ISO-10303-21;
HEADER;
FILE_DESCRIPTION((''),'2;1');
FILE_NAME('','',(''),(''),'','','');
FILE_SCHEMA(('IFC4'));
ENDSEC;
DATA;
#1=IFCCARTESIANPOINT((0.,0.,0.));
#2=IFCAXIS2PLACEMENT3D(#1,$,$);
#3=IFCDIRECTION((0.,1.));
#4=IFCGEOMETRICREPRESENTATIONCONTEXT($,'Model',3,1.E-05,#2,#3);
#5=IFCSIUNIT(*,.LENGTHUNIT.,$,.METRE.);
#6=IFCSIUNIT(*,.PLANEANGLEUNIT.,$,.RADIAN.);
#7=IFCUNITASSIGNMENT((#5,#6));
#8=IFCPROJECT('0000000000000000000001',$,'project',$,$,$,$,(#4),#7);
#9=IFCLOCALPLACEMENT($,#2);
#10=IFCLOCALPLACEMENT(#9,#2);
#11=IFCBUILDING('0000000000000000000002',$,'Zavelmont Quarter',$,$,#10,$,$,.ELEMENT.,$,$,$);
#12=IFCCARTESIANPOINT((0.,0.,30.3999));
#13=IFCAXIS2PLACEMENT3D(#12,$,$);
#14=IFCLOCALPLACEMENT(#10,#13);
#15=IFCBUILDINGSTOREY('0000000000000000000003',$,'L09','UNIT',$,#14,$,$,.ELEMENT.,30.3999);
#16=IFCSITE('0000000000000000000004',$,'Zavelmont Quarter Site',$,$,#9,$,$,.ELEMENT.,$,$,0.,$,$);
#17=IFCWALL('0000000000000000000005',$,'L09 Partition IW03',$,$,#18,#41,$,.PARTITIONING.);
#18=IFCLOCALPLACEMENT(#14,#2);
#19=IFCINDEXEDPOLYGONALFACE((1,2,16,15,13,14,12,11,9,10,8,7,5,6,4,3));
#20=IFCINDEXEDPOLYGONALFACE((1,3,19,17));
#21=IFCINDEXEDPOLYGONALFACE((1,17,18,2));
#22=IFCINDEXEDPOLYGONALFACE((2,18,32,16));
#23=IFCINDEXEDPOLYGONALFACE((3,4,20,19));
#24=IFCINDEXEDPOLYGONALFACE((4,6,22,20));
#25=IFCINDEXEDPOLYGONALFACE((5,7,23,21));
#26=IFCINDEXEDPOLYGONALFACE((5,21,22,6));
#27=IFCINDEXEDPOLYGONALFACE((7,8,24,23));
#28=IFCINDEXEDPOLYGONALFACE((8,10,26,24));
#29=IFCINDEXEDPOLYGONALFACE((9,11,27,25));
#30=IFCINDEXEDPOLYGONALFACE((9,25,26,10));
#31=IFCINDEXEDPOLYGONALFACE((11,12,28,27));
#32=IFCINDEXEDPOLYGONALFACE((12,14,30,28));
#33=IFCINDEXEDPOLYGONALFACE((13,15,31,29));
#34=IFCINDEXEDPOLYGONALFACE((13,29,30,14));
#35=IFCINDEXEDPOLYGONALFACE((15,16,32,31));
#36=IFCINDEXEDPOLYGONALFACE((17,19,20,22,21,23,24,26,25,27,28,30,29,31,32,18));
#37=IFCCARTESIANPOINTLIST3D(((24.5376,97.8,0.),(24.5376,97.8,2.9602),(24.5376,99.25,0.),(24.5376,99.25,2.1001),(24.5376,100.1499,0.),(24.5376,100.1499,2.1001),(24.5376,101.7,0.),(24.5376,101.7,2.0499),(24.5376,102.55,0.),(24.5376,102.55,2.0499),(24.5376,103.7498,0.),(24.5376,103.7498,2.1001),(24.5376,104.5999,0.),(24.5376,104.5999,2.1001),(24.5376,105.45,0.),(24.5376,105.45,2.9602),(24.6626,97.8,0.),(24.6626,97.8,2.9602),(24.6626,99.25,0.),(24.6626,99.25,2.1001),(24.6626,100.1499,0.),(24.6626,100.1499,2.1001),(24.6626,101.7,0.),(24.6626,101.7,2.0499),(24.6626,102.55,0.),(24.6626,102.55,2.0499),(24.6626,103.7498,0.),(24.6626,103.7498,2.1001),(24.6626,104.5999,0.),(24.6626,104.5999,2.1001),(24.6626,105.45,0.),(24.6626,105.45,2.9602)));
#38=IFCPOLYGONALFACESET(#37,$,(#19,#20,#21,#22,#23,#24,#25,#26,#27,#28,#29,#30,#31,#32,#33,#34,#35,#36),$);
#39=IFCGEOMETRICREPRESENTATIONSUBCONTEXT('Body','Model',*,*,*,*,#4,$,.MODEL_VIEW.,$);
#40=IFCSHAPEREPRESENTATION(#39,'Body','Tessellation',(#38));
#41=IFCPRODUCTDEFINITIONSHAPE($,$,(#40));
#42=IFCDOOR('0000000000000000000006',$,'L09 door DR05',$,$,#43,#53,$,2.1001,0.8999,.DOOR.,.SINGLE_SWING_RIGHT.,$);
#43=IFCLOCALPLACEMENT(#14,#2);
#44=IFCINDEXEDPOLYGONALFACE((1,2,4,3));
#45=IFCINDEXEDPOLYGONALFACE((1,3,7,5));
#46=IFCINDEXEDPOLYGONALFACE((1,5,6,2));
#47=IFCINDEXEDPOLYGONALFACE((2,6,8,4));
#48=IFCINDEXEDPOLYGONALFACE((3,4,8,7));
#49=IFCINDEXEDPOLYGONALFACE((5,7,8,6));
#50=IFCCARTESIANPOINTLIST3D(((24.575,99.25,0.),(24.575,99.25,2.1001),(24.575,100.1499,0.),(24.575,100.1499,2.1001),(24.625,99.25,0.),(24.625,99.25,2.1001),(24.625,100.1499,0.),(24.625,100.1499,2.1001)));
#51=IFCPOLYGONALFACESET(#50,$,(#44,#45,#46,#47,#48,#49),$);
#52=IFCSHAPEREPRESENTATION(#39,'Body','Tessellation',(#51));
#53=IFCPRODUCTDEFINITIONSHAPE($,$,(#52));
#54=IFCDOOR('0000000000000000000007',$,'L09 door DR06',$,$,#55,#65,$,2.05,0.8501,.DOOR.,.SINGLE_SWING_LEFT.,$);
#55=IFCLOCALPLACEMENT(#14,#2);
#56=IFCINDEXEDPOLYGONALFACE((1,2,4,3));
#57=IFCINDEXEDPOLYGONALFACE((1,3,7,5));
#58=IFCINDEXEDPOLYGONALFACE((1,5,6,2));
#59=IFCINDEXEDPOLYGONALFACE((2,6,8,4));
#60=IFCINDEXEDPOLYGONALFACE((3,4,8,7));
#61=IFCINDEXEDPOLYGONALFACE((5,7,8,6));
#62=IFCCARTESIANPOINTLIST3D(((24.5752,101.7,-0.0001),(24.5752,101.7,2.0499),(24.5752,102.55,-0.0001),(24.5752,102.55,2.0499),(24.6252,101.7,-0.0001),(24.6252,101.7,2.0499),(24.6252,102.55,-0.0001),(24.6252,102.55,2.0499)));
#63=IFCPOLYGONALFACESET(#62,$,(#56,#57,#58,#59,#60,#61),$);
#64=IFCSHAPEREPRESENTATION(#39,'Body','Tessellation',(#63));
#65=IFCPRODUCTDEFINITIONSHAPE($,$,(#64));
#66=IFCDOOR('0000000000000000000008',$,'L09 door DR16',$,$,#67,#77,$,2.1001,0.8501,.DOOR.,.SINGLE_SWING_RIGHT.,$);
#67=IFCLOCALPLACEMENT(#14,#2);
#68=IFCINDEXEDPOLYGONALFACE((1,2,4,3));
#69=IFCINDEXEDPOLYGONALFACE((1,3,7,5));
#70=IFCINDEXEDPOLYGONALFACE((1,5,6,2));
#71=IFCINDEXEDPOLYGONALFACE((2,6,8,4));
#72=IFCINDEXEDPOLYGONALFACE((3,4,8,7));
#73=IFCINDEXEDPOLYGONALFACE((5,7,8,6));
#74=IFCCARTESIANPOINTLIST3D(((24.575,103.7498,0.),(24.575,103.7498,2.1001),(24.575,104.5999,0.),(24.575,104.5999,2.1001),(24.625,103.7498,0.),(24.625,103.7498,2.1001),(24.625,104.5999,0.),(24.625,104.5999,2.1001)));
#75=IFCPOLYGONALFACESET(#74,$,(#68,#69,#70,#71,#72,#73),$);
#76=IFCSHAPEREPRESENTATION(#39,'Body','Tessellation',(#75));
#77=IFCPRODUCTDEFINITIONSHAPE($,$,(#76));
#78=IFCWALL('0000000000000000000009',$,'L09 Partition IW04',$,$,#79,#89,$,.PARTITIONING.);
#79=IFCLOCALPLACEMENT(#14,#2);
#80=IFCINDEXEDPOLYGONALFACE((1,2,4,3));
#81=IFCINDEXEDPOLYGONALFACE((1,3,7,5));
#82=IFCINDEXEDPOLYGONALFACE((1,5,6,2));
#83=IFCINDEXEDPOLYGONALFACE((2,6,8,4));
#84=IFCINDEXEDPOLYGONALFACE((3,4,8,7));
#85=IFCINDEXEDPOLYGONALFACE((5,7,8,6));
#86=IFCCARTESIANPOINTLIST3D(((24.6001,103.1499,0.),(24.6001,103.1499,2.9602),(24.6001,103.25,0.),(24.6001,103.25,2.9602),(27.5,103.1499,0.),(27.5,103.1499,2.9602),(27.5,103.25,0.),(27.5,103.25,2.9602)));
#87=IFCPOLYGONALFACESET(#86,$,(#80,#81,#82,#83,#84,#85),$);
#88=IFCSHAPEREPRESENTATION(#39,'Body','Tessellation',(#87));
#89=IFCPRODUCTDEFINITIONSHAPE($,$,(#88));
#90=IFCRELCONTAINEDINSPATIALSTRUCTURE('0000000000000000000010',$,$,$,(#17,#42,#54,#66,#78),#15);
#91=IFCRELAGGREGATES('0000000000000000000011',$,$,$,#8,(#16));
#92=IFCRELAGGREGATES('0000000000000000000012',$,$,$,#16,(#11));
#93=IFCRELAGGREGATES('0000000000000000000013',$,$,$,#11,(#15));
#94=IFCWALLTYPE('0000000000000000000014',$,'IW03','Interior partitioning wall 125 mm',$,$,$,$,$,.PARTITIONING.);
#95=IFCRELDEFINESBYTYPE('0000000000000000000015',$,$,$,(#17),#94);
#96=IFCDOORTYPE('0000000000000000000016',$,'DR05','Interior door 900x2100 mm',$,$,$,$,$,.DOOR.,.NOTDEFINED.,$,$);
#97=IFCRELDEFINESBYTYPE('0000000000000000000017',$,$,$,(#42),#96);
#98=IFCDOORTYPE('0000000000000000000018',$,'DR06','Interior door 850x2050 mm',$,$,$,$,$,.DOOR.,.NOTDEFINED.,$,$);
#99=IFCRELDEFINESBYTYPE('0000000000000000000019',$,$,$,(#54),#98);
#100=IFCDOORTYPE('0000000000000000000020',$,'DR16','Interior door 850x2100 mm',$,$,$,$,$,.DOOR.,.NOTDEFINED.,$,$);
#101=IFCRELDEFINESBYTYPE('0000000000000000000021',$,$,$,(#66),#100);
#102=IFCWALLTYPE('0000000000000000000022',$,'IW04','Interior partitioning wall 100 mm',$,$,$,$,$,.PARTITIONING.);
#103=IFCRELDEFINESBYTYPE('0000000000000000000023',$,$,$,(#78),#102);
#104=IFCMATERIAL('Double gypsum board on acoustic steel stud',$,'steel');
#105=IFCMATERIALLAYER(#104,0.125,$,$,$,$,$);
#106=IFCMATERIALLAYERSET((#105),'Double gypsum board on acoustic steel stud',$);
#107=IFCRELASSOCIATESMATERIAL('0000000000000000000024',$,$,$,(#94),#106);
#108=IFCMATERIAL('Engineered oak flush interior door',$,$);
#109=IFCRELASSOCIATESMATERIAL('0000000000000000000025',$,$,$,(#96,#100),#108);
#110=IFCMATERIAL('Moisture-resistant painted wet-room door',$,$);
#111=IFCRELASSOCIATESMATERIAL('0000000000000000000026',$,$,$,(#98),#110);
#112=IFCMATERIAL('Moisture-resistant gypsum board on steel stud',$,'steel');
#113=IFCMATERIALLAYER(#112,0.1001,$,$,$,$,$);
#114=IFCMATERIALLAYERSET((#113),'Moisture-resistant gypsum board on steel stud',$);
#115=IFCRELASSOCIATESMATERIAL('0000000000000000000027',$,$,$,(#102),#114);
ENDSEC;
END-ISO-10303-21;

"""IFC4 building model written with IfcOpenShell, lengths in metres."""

from ifc_helpers import new_model, si_unit, direction, frame, frame_2d, origin, origin_with_axes, place, context, subcontext, project, spatial, rectangle, extrude, material, layer, layer_set, type_object, element, fill, save


model = new_model("IFC4")

# Units and contexts
model_context = context("Model", 3, precision=1e-05, world=origin(), true_north=direction((0.0, 1.0)))
body_context = subcontext(model_context, "Body", "Model", "MODEL_VIEW")
ifc_project = project(units=[si_unit("LENGTHUNIT", "METRE"), si_unit("PLANEANGLEUNIT", "RADIAN")], contexts=[model_context])

# Site, building, storey
site_placement = place(None, origin())
site = spatial("IfcSite", under=ifc_project, at=site_placement, Name="Zavelmont Quarter Site", CompositionType="ELEMENT", RefElevation=0.0)
building_placement = place(site_placement, origin())
building = spatial("IfcBuilding", under=site, at=building_placement, Name="Zavelmont Quarter", CompositionType="ELEMENT")
storey_placement = place(building_placement, frame((0.0, 0.0, 30.3999)))
storey = spatial("IfcBuildingStorey", under=building, at=storey_placement, Name="L09", Description="UNIT", CompositionType="ELEMENT", Elevation=30.3999)

# Wall, openings, doors
ifc_material_1 = material(Name="Double gypsum board on acoustic steel stud", Category="steel")
ifc_layer_1 = layer(ifc_material_1, 0.125)
ifc_layer_set_1 = layer_set([ifc_layer_1], Name="Double gypsum board on acoustic steel stud")
wall_type_1 = type_object("IfcWallType", Name="IW03", Description="Interior partitioning wall 125 mm", PredefinedType="PARTITIONING", material=ifc_layer_set_1)
wall_1_placement = place(storey_placement, frame((24.6001, 105.45, 0.0), z_axis=(0.0, 0.0, 1.0), x_axis=(0.0, -1.0, 0.0)))
wall_1 = element("IfcWall", 1, at=wall_1_placement, inside=storey, type_object=wall_type_1, Name="L09 Partition IW03", PredefinedType="PARTITIONING", context=body_context, shape_type="SweptSolid", body=[
    extrude(rectangle(XDim=7.6499, YDim=0.125, at=frame_2d((3.825, 0.0))), origin(), (0.0, 0.0, 1.0), 2.9602),
])
opening_1_placement = place(wall_1_placement, frame((0.8501, 0.0, 0.0)))
opening_1 = element("IfcOpeningElement", 2, at=opening_1_placement, cuts=wall_1, PredefinedType="OPENING", context=body_context, shape_type="SweptSolid", body=[
    extrude(rectangle(XDim=0.8501, YDim=2.1001, at=frame_2d((0.425, 1.05))), frame((0.0, 0.0745, 0.0), z_axis=(0.0, -1.0, 0.0), x_axis=(1.0, 0.0, 0.0)), (0.0, 0.0, 1.0), 0.1489),
])
opening_2_placement = place(wall_1_placement, frame((2.8999, 0.0, 0.0)))
opening_2 = element("IfcOpeningElement", 3, at=opening_2_placement, cuts=wall_1, PredefinedType="OPENING", context=body_context, shape_type="SweptSolid", body=[
    extrude(rectangle(XDim=0.8501, YDim=2.05, at=frame_2d((0.425, 1.0249))), frame((0.0, 0.0745, 0.0), z_axis=(0.0, -1.0, 0.0), x_axis=(1.0, 0.0, 0.0)), (0.0, 0.0, 1.0), 0.1489),
])
opening_3_placement = place(wall_1_placement, frame((5.3, 0.0, 0.0)))
opening_3 = element("IfcOpeningElement", 4, at=opening_3_placement, cuts=wall_1, PredefinedType="OPENING", context=body_context, shape_type="SweptSolid", body=[
    extrude(rectangle(XDim=0.8999, YDim=2.1001, at=frame_2d((0.45, 1.05))), frame((0.0, 0.0745, 0.0), z_axis=(0.0, -1.0, 0.0), x_axis=(1.0, 0.0, 0.0)), (0.0, 0.0, 1.0), 0.1489),
])
ifc_material_2 = material(Name="Engineered oak flush interior door")
door_type_1 = type_object("IfcDoorType", Name="DR05", Description="Interior door 900x2100 mm", OperationType="NOTDEFINED", PredefinedType="DOOR", material=ifc_material_2)
door_1_placement = place(opening_3_placement, origin_with_axes())
door_1 = element("IfcDoor", 5, at=door_1_placement, inside=storey, type_object=door_type_1, Name="L09 door DR05", OperationType="SINGLE_SWING_RIGHT", OverallHeight=2.1001, OverallWidth=0.8999, PredefinedType="DOOR", context=body_context, shape_type="SweptSolid", body=[
    extrude(rectangle(XDim=0.8999, YDim=2.1001, at=frame_2d((0.45, 1.05))), frame((0.0, 0.0249, 0.0), z_axis=(0.0, -1.0, 0.0), x_axis=(1.0, 0.0, 0.0)), (0.0, 0.0, 1.0), 0.05),
])
fill(opening_3, door_1)
ifc_material_3 = material(Name="Moisture-resistant painted wet-room door")
door_type_2 = type_object("IfcDoorType", Name="DR06", Description="Interior door 850x2050 mm", OperationType="NOTDEFINED", PredefinedType="DOOR", material=ifc_material_3)
door_2_placement = place(opening_2_placement, frame((0.8501, 0.0, 0.0), z_axis=(0.0, 0.0, 1.0), x_axis=(-1.0, 0.0, 0.0)))
door_2 = element("IfcDoor", 6, at=door_2_placement, inside=storey, type_object=door_type_2, Name="L09 door DR06", OperationType="SINGLE_SWING_LEFT", OverallHeight=2.05, OverallWidth=0.8501, PredefinedType="DOOR", context=body_context, shape_type="SweptSolid", body=[
    extrude(rectangle(XDim=0.8501, YDim=2.05, at=frame_2d((0.425, 1.0249))), frame((0.0, 0.0249, 0.0), z_axis=(0.0, -1.0, 0.0), x_axis=(1.0, 0.0, 0.0)), (0.0, 0.0, 1.0), 0.05),
])
fill(opening_2, door_2)
door_type_3 = type_object("IfcDoorType", Name="DR16", Description="Interior door 850x2100 mm", OperationType="NOTDEFINED", PredefinedType="DOOR", material=ifc_material_2)
door_3_placement = place(opening_1_placement, origin_with_axes())
door_3 = element("IfcDoor", 7, at=door_3_placement, inside=storey, type_object=door_type_3, Name="L09 door DR16", OperationType="SINGLE_SWING_RIGHT", OverallHeight=2.1001, OverallWidth=0.8501, PredefinedType="DOOR", context=body_context, shape_type="SweptSolid", body=[
    extrude(rectangle(XDim=0.8501, YDim=2.1001, at=frame_2d((0.425, 1.05))), frame((0.0, 0.0249, 0.0), z_axis=(0.0, -1.0, 0.0), x_axis=(1.0, 0.0, 0.0)), (0.0, 0.0, 1.0), 0.05),
])
fill(opening_1, door_3)

# Wall
ifc_material_4 = material(Name="Moisture-resistant gypsum board on steel stud", Category="steel")
ifc_layer_2 = layer(ifc_material_4, 0.1001)
ifc_layer_set_2 = layer_set([ifc_layer_2], Name="Moisture-resistant gypsum board on steel stud")
wall_type_2 = type_object("IfcWallType", Name="IW04", Description="Interior partitioning wall 100 mm", PredefinedType="PARTITIONING", material=ifc_layer_set_2)
wall_2_placement = place(storey_placement, frame((24.6001, 103.2, 0.0), z_axis=(0.0, 0.0, 1.0), x_axis=(1.0, 0.0, 0.0)))
element("IfcWall", 8, at=wall_2_placement, inside=storey, type_object=wall_type_2, Name="L09 Partition IW04", PredefinedType="PARTITIONING", context=body_context, shape_type="SweptSolid", body=[
    extrude(rectangle(XDim=2.8999, YDim=0.1001, at=frame_2d((1.45, 0.0))), origin(), (0.0, 0.0, 1.0), 2.9602),
])

save(model, "model.ifc")
